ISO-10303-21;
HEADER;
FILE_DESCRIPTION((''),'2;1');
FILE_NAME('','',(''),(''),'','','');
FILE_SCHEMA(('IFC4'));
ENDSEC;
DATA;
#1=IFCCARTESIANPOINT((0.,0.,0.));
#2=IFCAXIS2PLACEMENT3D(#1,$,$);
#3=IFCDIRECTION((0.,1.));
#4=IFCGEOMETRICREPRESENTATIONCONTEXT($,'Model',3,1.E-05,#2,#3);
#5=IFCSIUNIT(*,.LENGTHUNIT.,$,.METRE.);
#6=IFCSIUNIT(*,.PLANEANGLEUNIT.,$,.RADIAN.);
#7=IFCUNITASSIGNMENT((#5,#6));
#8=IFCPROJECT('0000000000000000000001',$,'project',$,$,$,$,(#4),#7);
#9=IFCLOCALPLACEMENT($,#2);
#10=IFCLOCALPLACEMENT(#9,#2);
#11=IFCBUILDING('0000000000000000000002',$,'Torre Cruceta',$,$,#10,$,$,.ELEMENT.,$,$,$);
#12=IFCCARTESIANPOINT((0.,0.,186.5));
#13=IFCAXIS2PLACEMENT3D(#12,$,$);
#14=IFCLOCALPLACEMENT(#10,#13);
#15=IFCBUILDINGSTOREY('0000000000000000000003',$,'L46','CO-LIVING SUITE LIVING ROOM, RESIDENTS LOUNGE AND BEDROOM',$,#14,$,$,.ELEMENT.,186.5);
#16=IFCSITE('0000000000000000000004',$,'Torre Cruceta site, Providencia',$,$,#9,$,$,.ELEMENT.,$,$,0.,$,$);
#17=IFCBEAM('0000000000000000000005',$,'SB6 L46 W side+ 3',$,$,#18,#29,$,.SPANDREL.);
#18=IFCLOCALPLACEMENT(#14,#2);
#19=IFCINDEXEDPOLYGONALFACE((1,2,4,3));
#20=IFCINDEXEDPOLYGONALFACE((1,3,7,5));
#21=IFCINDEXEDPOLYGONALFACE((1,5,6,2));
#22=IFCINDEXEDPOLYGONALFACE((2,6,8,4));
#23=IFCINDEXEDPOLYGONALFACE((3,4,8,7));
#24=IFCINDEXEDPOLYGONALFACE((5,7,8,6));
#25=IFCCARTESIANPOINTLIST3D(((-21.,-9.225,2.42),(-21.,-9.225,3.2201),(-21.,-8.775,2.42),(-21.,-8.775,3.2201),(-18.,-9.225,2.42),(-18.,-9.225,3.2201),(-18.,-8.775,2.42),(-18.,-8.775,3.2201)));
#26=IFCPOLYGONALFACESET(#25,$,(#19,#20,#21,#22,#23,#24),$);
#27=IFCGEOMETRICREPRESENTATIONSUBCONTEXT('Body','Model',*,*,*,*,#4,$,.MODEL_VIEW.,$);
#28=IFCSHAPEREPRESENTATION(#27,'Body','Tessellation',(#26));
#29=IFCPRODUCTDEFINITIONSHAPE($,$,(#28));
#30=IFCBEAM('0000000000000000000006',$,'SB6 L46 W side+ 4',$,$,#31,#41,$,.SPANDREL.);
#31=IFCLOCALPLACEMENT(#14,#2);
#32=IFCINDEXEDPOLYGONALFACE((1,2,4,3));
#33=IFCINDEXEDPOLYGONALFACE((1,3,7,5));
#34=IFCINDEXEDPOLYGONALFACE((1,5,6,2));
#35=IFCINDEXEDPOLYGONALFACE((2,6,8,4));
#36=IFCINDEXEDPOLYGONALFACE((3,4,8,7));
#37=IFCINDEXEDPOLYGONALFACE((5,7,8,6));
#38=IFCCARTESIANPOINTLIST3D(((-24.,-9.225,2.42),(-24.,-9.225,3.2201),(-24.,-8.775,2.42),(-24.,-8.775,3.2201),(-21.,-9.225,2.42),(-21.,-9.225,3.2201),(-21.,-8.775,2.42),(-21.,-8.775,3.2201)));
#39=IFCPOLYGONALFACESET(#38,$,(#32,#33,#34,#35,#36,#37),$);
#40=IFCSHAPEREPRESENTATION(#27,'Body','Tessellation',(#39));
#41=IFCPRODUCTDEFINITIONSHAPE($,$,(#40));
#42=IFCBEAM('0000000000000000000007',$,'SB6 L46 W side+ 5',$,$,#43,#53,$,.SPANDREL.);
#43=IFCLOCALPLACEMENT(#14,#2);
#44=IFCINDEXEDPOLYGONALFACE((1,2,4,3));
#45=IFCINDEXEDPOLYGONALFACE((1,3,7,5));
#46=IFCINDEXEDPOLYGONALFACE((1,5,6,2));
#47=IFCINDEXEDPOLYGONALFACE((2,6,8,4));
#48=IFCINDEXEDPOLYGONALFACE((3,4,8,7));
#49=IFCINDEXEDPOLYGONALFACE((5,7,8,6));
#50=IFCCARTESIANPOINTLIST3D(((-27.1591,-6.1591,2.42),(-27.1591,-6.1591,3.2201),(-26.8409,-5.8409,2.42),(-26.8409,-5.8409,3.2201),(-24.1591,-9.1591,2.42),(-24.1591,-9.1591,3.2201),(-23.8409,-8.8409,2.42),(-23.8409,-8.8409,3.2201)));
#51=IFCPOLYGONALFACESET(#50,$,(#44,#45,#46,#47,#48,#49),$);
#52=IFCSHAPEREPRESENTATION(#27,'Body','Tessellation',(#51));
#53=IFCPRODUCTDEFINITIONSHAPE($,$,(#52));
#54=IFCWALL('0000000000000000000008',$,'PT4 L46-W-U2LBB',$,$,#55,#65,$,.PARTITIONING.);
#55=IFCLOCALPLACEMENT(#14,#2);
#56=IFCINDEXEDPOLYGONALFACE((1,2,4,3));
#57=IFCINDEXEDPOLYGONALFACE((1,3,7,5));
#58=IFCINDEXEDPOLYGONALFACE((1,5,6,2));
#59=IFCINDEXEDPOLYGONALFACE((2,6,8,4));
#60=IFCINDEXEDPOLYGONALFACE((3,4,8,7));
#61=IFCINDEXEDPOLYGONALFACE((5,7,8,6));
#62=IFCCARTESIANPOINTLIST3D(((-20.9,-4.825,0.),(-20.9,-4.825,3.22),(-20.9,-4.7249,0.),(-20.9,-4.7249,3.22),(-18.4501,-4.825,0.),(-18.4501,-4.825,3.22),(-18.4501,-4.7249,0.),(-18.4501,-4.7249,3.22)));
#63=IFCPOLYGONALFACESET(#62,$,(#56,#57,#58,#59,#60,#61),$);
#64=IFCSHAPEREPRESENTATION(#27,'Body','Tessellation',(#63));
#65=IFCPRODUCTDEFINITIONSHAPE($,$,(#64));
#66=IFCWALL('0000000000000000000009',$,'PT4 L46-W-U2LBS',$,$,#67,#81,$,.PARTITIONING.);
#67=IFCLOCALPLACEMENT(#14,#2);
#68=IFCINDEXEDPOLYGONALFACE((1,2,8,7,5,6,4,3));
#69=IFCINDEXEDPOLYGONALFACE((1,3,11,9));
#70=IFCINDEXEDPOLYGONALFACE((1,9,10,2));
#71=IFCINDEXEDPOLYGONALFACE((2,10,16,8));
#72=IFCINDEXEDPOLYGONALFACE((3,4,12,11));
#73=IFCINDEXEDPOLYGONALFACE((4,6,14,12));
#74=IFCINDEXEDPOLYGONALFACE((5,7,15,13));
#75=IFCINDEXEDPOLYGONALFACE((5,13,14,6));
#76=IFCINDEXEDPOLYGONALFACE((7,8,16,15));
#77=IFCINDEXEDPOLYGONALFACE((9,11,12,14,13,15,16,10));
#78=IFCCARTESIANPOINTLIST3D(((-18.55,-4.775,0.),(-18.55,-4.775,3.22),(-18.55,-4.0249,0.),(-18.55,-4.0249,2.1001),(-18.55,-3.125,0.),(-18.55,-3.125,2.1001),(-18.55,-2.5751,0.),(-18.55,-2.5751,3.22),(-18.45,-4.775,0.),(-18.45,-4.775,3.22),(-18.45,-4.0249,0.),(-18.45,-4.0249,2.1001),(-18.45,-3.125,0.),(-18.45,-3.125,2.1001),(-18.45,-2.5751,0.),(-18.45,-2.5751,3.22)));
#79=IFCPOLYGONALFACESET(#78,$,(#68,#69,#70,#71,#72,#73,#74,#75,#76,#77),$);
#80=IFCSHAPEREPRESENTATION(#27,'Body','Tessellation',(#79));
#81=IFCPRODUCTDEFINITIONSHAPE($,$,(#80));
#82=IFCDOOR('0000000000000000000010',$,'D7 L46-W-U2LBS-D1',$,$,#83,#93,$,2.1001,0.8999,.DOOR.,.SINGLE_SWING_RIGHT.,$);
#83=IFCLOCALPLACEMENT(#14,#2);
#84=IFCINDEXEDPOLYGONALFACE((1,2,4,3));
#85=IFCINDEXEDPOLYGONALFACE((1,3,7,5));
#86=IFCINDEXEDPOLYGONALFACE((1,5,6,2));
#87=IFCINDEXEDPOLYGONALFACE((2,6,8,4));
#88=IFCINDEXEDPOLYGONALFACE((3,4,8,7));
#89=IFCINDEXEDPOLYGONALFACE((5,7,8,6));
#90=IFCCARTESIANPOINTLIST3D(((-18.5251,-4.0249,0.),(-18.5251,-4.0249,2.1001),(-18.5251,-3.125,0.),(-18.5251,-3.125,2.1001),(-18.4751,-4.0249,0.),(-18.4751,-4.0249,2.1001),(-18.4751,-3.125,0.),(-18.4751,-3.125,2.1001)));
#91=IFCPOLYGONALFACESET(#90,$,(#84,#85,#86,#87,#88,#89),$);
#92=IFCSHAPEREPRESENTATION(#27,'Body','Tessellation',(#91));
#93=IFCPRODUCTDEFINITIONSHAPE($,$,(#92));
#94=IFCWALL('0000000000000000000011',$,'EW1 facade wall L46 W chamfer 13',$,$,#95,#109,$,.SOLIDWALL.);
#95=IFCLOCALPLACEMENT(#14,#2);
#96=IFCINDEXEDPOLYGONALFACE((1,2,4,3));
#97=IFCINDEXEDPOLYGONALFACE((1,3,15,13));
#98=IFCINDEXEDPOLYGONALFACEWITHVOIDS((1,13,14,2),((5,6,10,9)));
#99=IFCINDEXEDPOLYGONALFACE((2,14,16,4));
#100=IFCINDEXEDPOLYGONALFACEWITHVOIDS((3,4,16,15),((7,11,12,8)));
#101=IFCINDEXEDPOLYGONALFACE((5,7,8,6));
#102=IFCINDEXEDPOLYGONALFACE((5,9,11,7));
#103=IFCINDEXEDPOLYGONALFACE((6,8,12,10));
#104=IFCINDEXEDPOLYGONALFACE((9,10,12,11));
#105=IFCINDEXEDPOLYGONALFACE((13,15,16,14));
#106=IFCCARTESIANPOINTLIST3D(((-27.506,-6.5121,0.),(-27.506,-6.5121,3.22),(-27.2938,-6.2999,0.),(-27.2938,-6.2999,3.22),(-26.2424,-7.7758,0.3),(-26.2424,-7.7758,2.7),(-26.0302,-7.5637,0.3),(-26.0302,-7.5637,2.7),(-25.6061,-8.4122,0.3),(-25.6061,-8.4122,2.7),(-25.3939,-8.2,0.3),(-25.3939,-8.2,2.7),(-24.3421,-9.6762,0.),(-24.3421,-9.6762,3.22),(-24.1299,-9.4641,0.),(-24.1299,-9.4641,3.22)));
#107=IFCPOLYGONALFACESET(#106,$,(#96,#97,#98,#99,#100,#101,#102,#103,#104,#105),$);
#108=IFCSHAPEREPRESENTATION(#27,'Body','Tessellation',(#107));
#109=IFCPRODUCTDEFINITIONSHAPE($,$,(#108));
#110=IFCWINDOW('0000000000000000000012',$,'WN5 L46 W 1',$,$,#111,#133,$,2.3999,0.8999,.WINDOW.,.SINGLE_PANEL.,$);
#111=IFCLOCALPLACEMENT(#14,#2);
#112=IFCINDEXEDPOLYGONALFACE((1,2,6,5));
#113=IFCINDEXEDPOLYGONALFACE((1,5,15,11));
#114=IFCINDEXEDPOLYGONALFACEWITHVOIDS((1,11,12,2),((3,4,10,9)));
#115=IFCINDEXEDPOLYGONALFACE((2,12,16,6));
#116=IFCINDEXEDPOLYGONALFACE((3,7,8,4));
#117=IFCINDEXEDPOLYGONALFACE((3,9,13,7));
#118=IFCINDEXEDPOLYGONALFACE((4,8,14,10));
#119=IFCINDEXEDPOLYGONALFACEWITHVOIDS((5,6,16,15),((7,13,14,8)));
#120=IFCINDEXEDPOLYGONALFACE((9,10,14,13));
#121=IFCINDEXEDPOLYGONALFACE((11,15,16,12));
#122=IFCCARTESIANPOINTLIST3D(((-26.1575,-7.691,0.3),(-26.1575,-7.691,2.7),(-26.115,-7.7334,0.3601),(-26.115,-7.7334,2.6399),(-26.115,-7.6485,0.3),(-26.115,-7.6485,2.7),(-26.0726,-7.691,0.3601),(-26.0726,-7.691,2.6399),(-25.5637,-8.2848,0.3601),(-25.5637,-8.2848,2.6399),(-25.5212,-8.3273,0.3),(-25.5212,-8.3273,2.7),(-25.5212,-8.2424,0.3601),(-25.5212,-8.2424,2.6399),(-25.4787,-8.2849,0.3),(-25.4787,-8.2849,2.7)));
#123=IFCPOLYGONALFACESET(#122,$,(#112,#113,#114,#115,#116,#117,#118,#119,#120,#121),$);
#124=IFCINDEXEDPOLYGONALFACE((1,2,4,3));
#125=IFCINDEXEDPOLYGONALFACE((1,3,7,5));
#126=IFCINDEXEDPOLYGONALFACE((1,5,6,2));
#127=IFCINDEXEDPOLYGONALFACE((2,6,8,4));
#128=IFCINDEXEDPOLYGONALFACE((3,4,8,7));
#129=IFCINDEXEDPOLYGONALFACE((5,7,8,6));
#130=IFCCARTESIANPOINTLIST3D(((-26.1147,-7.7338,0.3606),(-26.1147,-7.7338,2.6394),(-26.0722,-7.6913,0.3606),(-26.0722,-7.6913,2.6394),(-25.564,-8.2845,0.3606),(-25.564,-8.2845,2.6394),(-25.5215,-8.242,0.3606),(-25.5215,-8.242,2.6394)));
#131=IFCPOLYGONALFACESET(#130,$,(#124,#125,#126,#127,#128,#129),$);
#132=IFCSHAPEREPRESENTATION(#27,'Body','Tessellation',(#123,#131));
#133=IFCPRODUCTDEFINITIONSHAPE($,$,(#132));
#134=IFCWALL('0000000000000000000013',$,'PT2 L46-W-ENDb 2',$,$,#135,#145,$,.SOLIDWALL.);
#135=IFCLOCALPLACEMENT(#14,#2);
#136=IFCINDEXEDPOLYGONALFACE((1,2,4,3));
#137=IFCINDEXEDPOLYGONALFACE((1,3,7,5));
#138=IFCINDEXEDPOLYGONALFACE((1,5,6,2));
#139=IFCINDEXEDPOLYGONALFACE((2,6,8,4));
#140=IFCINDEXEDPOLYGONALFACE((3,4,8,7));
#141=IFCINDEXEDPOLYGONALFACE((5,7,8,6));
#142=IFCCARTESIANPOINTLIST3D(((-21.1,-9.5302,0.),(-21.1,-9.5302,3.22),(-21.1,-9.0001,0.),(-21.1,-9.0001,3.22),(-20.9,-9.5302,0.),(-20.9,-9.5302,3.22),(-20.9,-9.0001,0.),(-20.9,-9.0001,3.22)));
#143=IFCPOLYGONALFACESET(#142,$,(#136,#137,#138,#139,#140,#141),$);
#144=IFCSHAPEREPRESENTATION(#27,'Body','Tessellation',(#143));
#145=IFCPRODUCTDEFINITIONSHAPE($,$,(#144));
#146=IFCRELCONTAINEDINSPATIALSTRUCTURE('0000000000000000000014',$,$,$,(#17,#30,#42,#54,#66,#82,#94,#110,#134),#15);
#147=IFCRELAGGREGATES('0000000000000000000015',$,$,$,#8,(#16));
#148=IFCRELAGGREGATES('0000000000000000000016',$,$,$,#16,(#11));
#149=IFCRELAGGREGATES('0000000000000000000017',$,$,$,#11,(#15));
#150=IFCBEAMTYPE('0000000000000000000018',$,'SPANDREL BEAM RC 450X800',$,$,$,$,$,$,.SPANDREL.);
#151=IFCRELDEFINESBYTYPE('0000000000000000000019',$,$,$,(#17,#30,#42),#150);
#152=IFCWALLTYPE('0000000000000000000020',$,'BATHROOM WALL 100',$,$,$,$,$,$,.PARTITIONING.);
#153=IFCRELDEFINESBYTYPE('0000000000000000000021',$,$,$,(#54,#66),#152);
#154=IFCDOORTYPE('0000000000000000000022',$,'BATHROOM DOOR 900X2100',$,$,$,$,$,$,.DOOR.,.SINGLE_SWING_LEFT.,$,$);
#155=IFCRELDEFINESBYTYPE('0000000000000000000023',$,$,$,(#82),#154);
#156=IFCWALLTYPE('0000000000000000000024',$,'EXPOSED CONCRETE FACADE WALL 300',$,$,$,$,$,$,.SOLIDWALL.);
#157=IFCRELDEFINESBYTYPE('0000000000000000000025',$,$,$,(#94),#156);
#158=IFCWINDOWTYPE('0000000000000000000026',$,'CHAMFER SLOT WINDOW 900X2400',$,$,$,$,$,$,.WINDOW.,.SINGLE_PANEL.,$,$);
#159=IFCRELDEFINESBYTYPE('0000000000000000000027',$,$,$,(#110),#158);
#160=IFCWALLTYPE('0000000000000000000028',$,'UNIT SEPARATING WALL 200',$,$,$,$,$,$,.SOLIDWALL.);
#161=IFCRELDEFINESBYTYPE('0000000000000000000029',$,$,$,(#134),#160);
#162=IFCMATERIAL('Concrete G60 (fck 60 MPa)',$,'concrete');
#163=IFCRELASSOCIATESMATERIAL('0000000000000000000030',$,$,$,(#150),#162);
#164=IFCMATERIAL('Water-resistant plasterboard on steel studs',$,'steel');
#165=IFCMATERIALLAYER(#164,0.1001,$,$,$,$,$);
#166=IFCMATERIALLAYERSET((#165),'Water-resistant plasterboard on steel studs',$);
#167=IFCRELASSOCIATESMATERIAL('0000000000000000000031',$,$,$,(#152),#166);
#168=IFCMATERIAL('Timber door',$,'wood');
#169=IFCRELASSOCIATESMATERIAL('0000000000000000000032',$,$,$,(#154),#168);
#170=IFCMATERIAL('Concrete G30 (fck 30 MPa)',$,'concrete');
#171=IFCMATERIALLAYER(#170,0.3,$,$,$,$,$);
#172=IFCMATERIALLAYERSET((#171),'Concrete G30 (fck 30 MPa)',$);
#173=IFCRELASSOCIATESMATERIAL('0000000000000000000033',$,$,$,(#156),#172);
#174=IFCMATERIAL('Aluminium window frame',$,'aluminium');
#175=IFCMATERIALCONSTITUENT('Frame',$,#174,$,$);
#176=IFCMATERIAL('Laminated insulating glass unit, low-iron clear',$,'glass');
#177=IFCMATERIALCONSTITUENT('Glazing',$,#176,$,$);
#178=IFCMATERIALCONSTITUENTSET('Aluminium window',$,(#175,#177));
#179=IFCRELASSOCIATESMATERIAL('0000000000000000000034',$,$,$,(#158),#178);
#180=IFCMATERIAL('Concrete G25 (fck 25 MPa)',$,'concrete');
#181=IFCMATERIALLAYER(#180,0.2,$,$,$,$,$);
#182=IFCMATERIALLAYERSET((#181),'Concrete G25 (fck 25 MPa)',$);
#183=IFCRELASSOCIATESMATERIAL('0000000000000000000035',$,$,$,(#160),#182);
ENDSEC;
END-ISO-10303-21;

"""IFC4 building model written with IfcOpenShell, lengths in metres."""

from ifc_helpers import new_model, si_unit, direction, frame, frame_2d, origin, origin_2d, place, context, subcontext, project, spatial, rectangle, hollow_rectangle, extrude, material, layer, layer_set, constituent, constituent_set, material_profile, profile_set, type_object, element, fill, save


model = new_model("IFC4")

# Units and contexts
model_context = context("Model", 3, precision=1e-05, world=origin(), true_north=direction((0.0, 1.0)))
body_context = subcontext(model_context, "Body", "Model", "MODEL_VIEW")
ifc_project = project(units=[si_unit("LENGTHUNIT", "METRE"), si_unit("PLANEANGLEUNIT", "RADIAN")], contexts=[model_context])

# Site, building, storey
site_placement = place(None, origin())
site = spatial("IfcSite", under=ifc_project, at=site_placement, Name="Torre Cruceta site, Providencia", CompositionType="ELEMENT", RefElevation=0.0)
building_placement = place(site_placement, origin())
building = spatial("IfcBuilding", under=site, at=building_placement, Name="Torre Cruceta", CompositionType="ELEMENT")
storey_placement = place(building_placement, frame((0.0, 0.0, 186.5)))
storey = spatial("IfcBuildingStorey", under=building, at=storey_placement, Name="L46", Description="CO-LIVING SUITE LIVING ROOM, RESIDENTS LOUNGE AND BEDROOM", CompositionType="ELEMENT", Elevation=186.5)

# Beams
ifc_material_1 = material(Name="Concrete G60 (fck 60 MPa)", Category="concrete")
ifc_material_profile_1 = material_profile(ifc_material_1, rectangle(XDim=0.45, YDim=0.8, at=origin_2d()), Name="RC 450X800")
ifc_profile_set_1 = profile_set([ifc_material_profile_1], Name="Concrete G60 (fck 60 MPa)")
beam_type_1 = type_object("IfcBeamType", Name="SPANDREL BEAM RC 450X800", PredefinedType="SPANDREL", material=ifc_profile_set_1)
for number, where, z_axis, x_axis, name in (
    (1, (-18.0, -9.0, 2.8201), (-1.0, 0.0, 0.0), (0.0, -1.0, 0.0), "SB6 L46 W side+ 3"),
    (2, (-21.0, -9.0, 2.8201), (-1.0, 0.0, 0.0), (0.0, -1.0, 0.0), "SB6 L46 W side+ 4"),
):
    element("IfcBeam", number, at=place(storey_placement, frame(where, z_axis=z_axis, x_axis=x_axis)), inside=storey, type_object=beam_type_1, Name=name, PredefinedType="SPANDREL", context=body_context, shape_type="SweptSolid", body=[
        extrude(rectangle(XDim=0.45, YDim=0.8, at=origin_2d()), origin(), (0.0, 0.0, 1.0), 3.0),
    ])
beam_1_placement = place(storey_placement, frame((-24.0, -9.0, 2.8201), z_axis=(-0.707107, 0.707107, 0.0), x_axis=(-0.707107, -0.707107, 0.0)))
element("IfcBeam", 3, at=beam_1_placement, inside=storey, type_object=beam_type_1, Name="SB6 L46 W side+ 5", PredefinedType="SPANDREL", context=body_context, shape_type="SweptSolid", body=[
    extrude(rectangle(XDim=0.45, YDim=0.8, at=origin_2d()), origin(), (0.0, 0.0, 1.0), 4.2427),
])

# Wall
ifc_material_2 = material(Name="Water-resistant plasterboard on steel studs", Category="steel")
ifc_layer_1 = layer(ifc_material_2, 0.1001)
ifc_layer_set_1 = layer_set([ifc_layer_1], Name="Water-resistant plasterboard on steel studs")
wall_type_1 = type_object("IfcWallType", Name="BATHROOM WALL 100", PredefinedType="PARTITIONING", material=ifc_layer_set_1)
wall_1_placement = place(storey_placement, frame((-18.45, -4.7749, 0.0), z_axis=(0.0, 0.0, 1.0), x_axis=(-1.0, 0.0, 0.0)))
element("IfcWall", 4, at=wall_1_placement, inside=storey, type_object=wall_type_1, Name="PT4 L46-W-U2LBB", PredefinedType="PARTITIONING", context=body_context, shape_type="SweptSolid", body=[
    extrude(rectangle(XDim=2.45, YDim=0.1001, at=frame_2d((1.2251, 0.0))), origin(), (0.0, 0.0, 1.0), 3.22),
])

# Wall, opening, door
wall_2_placement = place(storey_placement, frame((-18.5, -2.575, 0.0), z_axis=(0.0, 0.0, 1.0), x_axis=(0.0, -1.0, 0.0)))
wall_2 = element("IfcWall", 5, at=wall_2_placement, inside=storey, type_object=wall_type_1, Name="PT4 L46-W-U2LBS", PredefinedType="PARTITIONING", context=body_context, shape_type="SweptSolid", body=[
    extrude(rectangle(XDim=2.2, YDim=0.1001, at=frame_2d((1.1001, 0.0))), origin(), (0.0, 0.0, 1.0), 3.22),
])
opening_1_placement = place(wall_2_placement, frame((0.55, 0.0, 0.0)))
opening_1 = element("IfcOpeningElement", 6, at=opening_1_placement, cuts=wall_2, PredefinedType="OPENING", context=body_context, shape_type="SweptSolid", body=[
    extrude(rectangle(XDim=0.8999, YDim=2.1001, at=frame_2d((0.45, 1.05))), frame((0.0, 0.0601, 0.0), z_axis=(0.0, -1.0, 0.0), x_axis=(1.0, 0.0, 0.0)), (0.0, 0.0, 1.0), 0.1201),
])
ifc_material_3 = material(Name="Timber door", Category="wood")
door_type_1 = type_object("IfcDoorType", Name="BATHROOM DOOR 900X2100", OperationType="SINGLE_SWING_LEFT", PredefinedType="DOOR", material=ifc_material_3)
door_1_placement = place(opening_1_placement, frame((0.8999, 0.0, 0.0), z_axis=(0.0, 0.0, 1.0), x_axis=(-1.0, 0.0, 0.0)))
door_1 = element("IfcDoor", 7, at=door_1_placement, inside=storey, type_object=door_type_1, Name="D7 L46-W-U2LBS-D1", OperationType="SINGLE_SWING_RIGHT", OverallHeight=2.1001, OverallWidth=0.8999, PredefinedType="DOOR", context=body_context, shape_type="SweptSolid", body=[
    extrude(rectangle(XDim=0.8999, YDim=2.1001, at=frame_2d((0.45, 1.05))), frame((0.0, 0.0251, 0.0), z_axis=(0.0, -1.0, 0.0), x_axis=(1.0, 0.0, 0.0)), (0.0, 0.0, 1.0), 0.05),
])
fill(opening_1, door_1)

# Wall, opening, window
ifc_material_4 = material(Name="Concrete G30 (fck 30 MPa)", Category="concrete")
ifc_layer_2 = layer(ifc_material_4, 0.3)
ifc_layer_set_2 = layer_set([ifc_layer_2], Name="Concrete G30 (fck 30 MPa)")
wall_type_2 = type_object("IfcWallType", Name="EXPOSED CONCRETE FACADE WALL 300", PredefinedType="SOLIDWALL", material=ifc_layer_set_2)
wall_3_placement = place(storey_placement, frame((-27.3999, -6.406, 0.0), z_axis=(0.0, 0.0, 1.0), x_axis=(0.707079, -0.707134, 0.0)))
wall_3 = element("IfcWall", 8, at=wall_3_placement, inside=storey, type_object=wall_type_2, Name="EW1 facade wall L46 W chamfer 13", PredefinedType="SOLIDWALL", context=body_context, shape_type="SweptSolid", body=[
    extrude(rectangle(XDim=4.4746, YDim=0.3, at=frame_2d((2.2373, 0.0))), origin(), (0.0, 0.0, 1.0), 3.22),
])
opening_2_placement = place(wall_3_placement, frame((1.7871, 0.0, 0.3)))
opening_2 = element("IfcOpeningElement", 9, at=opening_2_placement, cuts=wall_3, PredefinedType="OPENING", context=body_context, shape_type="SweptSolid", body=[
    extrude(rectangle(XDim=0.8999, YDim=2.3999, at=frame_2d((0.45, 1.2))), frame((0.0, 0.1599, 0.0), z_axis=(0.0, -1.0, 0.0), x_axis=(1.0, 0.0, 0.0)), (0.0, 0.0, 1.0), 0.3201),
])
ifc_material_5 = material(Name="Aluminium window frame", Category="aluminium")
ifc_constituent_1 = constituent(ifc_material_5, Name="Frame")
ifc_material_6 = material(Name="Laminated insulating glass unit, low-iron clear", Category="glass")
ifc_constituent_2 = constituent(ifc_material_6, Name="Glazing")
ifc_constituent_set_1 = constituent_set(constituents=[ifc_constituent_1, ifc_constituent_2], Name="Aluminium window")
window_type = type_object("IfcWindowType", Name="CHAMFER SLOT WINDOW 900X2400", PartitioningType="SINGLE_PANEL", PredefinedType="WINDOW", material=ifc_constituent_set_1)
window_placement = place(opening_2_placement, origin())
window = element("IfcWindow", 10, at=window_placement, inside=storey, type_object=window_type, Name="WN5 L46 W 1", OverallHeight=2.3999, OverallWidth=0.8999, PartitioningType="SINGLE_PANEL", PredefinedType="WINDOW", context=body_context, shape_type="SweptSolid", body=[
    extrude(hollow_rectangle(XDim=0.8999, YDim=2.3999, WallThickness=0.0601, at=frame_2d((0.45, 1.2))), frame((0.0, 0.03, 0.0), z_axis=(0.0, -1.0, 0.0), x_axis=(1.0, 0.0, 0.0)), (0.0, 0.0, 1.0), 0.0601),
    extrude(rectangle(XDim=0.7788, YDim=2.2788, at=frame_2d((0.45, 1.2))), frame((0.0, 0.03, 0.0), z_axis=(0.0, -1.0, 0.0), x_axis=(1.0, 0.0, 0.0)), (0.0, 0.0, 1.0), 0.0601),
])
fill(opening_2, window)

# Wall
ifc_material_7 = material(Name="Concrete G25 (fck 25 MPa)", Category="concrete")
ifc_layer_3 = layer(ifc_material_7, 0.2)
ifc_layer_set_3 = layer_set([ifc_layer_3], Name="Concrete G25 (fck 25 MPa)")
wall_type_3 = type_object("IfcWallType", Name="UNIT SEPARATING WALL 200", PredefinedType="SOLIDWALL", material=ifc_layer_set_3)
wall_4_placement = place(storey_placement, frame((-21.0, -9.0, 0.0), z_axis=(0.0, 0.0, 1.0), x_axis=(0.0, -1.0, 0.0)))
element("IfcWall", 11, at=wall_4_placement, inside=storey, type_object=wall_type_3, Name="PT2 L46-W-ENDb 2", PredefinedType="SOLIDWALL", context=body_context, shape_type="SweptSolid", body=[
    extrude(rectangle(XDim=0.53, YDim=0.2, at=frame_2d((0.2651, 0.0))), origin(), (0.0, 0.0, 1.0), 3.22),
])

save(model, "model.ifc")
